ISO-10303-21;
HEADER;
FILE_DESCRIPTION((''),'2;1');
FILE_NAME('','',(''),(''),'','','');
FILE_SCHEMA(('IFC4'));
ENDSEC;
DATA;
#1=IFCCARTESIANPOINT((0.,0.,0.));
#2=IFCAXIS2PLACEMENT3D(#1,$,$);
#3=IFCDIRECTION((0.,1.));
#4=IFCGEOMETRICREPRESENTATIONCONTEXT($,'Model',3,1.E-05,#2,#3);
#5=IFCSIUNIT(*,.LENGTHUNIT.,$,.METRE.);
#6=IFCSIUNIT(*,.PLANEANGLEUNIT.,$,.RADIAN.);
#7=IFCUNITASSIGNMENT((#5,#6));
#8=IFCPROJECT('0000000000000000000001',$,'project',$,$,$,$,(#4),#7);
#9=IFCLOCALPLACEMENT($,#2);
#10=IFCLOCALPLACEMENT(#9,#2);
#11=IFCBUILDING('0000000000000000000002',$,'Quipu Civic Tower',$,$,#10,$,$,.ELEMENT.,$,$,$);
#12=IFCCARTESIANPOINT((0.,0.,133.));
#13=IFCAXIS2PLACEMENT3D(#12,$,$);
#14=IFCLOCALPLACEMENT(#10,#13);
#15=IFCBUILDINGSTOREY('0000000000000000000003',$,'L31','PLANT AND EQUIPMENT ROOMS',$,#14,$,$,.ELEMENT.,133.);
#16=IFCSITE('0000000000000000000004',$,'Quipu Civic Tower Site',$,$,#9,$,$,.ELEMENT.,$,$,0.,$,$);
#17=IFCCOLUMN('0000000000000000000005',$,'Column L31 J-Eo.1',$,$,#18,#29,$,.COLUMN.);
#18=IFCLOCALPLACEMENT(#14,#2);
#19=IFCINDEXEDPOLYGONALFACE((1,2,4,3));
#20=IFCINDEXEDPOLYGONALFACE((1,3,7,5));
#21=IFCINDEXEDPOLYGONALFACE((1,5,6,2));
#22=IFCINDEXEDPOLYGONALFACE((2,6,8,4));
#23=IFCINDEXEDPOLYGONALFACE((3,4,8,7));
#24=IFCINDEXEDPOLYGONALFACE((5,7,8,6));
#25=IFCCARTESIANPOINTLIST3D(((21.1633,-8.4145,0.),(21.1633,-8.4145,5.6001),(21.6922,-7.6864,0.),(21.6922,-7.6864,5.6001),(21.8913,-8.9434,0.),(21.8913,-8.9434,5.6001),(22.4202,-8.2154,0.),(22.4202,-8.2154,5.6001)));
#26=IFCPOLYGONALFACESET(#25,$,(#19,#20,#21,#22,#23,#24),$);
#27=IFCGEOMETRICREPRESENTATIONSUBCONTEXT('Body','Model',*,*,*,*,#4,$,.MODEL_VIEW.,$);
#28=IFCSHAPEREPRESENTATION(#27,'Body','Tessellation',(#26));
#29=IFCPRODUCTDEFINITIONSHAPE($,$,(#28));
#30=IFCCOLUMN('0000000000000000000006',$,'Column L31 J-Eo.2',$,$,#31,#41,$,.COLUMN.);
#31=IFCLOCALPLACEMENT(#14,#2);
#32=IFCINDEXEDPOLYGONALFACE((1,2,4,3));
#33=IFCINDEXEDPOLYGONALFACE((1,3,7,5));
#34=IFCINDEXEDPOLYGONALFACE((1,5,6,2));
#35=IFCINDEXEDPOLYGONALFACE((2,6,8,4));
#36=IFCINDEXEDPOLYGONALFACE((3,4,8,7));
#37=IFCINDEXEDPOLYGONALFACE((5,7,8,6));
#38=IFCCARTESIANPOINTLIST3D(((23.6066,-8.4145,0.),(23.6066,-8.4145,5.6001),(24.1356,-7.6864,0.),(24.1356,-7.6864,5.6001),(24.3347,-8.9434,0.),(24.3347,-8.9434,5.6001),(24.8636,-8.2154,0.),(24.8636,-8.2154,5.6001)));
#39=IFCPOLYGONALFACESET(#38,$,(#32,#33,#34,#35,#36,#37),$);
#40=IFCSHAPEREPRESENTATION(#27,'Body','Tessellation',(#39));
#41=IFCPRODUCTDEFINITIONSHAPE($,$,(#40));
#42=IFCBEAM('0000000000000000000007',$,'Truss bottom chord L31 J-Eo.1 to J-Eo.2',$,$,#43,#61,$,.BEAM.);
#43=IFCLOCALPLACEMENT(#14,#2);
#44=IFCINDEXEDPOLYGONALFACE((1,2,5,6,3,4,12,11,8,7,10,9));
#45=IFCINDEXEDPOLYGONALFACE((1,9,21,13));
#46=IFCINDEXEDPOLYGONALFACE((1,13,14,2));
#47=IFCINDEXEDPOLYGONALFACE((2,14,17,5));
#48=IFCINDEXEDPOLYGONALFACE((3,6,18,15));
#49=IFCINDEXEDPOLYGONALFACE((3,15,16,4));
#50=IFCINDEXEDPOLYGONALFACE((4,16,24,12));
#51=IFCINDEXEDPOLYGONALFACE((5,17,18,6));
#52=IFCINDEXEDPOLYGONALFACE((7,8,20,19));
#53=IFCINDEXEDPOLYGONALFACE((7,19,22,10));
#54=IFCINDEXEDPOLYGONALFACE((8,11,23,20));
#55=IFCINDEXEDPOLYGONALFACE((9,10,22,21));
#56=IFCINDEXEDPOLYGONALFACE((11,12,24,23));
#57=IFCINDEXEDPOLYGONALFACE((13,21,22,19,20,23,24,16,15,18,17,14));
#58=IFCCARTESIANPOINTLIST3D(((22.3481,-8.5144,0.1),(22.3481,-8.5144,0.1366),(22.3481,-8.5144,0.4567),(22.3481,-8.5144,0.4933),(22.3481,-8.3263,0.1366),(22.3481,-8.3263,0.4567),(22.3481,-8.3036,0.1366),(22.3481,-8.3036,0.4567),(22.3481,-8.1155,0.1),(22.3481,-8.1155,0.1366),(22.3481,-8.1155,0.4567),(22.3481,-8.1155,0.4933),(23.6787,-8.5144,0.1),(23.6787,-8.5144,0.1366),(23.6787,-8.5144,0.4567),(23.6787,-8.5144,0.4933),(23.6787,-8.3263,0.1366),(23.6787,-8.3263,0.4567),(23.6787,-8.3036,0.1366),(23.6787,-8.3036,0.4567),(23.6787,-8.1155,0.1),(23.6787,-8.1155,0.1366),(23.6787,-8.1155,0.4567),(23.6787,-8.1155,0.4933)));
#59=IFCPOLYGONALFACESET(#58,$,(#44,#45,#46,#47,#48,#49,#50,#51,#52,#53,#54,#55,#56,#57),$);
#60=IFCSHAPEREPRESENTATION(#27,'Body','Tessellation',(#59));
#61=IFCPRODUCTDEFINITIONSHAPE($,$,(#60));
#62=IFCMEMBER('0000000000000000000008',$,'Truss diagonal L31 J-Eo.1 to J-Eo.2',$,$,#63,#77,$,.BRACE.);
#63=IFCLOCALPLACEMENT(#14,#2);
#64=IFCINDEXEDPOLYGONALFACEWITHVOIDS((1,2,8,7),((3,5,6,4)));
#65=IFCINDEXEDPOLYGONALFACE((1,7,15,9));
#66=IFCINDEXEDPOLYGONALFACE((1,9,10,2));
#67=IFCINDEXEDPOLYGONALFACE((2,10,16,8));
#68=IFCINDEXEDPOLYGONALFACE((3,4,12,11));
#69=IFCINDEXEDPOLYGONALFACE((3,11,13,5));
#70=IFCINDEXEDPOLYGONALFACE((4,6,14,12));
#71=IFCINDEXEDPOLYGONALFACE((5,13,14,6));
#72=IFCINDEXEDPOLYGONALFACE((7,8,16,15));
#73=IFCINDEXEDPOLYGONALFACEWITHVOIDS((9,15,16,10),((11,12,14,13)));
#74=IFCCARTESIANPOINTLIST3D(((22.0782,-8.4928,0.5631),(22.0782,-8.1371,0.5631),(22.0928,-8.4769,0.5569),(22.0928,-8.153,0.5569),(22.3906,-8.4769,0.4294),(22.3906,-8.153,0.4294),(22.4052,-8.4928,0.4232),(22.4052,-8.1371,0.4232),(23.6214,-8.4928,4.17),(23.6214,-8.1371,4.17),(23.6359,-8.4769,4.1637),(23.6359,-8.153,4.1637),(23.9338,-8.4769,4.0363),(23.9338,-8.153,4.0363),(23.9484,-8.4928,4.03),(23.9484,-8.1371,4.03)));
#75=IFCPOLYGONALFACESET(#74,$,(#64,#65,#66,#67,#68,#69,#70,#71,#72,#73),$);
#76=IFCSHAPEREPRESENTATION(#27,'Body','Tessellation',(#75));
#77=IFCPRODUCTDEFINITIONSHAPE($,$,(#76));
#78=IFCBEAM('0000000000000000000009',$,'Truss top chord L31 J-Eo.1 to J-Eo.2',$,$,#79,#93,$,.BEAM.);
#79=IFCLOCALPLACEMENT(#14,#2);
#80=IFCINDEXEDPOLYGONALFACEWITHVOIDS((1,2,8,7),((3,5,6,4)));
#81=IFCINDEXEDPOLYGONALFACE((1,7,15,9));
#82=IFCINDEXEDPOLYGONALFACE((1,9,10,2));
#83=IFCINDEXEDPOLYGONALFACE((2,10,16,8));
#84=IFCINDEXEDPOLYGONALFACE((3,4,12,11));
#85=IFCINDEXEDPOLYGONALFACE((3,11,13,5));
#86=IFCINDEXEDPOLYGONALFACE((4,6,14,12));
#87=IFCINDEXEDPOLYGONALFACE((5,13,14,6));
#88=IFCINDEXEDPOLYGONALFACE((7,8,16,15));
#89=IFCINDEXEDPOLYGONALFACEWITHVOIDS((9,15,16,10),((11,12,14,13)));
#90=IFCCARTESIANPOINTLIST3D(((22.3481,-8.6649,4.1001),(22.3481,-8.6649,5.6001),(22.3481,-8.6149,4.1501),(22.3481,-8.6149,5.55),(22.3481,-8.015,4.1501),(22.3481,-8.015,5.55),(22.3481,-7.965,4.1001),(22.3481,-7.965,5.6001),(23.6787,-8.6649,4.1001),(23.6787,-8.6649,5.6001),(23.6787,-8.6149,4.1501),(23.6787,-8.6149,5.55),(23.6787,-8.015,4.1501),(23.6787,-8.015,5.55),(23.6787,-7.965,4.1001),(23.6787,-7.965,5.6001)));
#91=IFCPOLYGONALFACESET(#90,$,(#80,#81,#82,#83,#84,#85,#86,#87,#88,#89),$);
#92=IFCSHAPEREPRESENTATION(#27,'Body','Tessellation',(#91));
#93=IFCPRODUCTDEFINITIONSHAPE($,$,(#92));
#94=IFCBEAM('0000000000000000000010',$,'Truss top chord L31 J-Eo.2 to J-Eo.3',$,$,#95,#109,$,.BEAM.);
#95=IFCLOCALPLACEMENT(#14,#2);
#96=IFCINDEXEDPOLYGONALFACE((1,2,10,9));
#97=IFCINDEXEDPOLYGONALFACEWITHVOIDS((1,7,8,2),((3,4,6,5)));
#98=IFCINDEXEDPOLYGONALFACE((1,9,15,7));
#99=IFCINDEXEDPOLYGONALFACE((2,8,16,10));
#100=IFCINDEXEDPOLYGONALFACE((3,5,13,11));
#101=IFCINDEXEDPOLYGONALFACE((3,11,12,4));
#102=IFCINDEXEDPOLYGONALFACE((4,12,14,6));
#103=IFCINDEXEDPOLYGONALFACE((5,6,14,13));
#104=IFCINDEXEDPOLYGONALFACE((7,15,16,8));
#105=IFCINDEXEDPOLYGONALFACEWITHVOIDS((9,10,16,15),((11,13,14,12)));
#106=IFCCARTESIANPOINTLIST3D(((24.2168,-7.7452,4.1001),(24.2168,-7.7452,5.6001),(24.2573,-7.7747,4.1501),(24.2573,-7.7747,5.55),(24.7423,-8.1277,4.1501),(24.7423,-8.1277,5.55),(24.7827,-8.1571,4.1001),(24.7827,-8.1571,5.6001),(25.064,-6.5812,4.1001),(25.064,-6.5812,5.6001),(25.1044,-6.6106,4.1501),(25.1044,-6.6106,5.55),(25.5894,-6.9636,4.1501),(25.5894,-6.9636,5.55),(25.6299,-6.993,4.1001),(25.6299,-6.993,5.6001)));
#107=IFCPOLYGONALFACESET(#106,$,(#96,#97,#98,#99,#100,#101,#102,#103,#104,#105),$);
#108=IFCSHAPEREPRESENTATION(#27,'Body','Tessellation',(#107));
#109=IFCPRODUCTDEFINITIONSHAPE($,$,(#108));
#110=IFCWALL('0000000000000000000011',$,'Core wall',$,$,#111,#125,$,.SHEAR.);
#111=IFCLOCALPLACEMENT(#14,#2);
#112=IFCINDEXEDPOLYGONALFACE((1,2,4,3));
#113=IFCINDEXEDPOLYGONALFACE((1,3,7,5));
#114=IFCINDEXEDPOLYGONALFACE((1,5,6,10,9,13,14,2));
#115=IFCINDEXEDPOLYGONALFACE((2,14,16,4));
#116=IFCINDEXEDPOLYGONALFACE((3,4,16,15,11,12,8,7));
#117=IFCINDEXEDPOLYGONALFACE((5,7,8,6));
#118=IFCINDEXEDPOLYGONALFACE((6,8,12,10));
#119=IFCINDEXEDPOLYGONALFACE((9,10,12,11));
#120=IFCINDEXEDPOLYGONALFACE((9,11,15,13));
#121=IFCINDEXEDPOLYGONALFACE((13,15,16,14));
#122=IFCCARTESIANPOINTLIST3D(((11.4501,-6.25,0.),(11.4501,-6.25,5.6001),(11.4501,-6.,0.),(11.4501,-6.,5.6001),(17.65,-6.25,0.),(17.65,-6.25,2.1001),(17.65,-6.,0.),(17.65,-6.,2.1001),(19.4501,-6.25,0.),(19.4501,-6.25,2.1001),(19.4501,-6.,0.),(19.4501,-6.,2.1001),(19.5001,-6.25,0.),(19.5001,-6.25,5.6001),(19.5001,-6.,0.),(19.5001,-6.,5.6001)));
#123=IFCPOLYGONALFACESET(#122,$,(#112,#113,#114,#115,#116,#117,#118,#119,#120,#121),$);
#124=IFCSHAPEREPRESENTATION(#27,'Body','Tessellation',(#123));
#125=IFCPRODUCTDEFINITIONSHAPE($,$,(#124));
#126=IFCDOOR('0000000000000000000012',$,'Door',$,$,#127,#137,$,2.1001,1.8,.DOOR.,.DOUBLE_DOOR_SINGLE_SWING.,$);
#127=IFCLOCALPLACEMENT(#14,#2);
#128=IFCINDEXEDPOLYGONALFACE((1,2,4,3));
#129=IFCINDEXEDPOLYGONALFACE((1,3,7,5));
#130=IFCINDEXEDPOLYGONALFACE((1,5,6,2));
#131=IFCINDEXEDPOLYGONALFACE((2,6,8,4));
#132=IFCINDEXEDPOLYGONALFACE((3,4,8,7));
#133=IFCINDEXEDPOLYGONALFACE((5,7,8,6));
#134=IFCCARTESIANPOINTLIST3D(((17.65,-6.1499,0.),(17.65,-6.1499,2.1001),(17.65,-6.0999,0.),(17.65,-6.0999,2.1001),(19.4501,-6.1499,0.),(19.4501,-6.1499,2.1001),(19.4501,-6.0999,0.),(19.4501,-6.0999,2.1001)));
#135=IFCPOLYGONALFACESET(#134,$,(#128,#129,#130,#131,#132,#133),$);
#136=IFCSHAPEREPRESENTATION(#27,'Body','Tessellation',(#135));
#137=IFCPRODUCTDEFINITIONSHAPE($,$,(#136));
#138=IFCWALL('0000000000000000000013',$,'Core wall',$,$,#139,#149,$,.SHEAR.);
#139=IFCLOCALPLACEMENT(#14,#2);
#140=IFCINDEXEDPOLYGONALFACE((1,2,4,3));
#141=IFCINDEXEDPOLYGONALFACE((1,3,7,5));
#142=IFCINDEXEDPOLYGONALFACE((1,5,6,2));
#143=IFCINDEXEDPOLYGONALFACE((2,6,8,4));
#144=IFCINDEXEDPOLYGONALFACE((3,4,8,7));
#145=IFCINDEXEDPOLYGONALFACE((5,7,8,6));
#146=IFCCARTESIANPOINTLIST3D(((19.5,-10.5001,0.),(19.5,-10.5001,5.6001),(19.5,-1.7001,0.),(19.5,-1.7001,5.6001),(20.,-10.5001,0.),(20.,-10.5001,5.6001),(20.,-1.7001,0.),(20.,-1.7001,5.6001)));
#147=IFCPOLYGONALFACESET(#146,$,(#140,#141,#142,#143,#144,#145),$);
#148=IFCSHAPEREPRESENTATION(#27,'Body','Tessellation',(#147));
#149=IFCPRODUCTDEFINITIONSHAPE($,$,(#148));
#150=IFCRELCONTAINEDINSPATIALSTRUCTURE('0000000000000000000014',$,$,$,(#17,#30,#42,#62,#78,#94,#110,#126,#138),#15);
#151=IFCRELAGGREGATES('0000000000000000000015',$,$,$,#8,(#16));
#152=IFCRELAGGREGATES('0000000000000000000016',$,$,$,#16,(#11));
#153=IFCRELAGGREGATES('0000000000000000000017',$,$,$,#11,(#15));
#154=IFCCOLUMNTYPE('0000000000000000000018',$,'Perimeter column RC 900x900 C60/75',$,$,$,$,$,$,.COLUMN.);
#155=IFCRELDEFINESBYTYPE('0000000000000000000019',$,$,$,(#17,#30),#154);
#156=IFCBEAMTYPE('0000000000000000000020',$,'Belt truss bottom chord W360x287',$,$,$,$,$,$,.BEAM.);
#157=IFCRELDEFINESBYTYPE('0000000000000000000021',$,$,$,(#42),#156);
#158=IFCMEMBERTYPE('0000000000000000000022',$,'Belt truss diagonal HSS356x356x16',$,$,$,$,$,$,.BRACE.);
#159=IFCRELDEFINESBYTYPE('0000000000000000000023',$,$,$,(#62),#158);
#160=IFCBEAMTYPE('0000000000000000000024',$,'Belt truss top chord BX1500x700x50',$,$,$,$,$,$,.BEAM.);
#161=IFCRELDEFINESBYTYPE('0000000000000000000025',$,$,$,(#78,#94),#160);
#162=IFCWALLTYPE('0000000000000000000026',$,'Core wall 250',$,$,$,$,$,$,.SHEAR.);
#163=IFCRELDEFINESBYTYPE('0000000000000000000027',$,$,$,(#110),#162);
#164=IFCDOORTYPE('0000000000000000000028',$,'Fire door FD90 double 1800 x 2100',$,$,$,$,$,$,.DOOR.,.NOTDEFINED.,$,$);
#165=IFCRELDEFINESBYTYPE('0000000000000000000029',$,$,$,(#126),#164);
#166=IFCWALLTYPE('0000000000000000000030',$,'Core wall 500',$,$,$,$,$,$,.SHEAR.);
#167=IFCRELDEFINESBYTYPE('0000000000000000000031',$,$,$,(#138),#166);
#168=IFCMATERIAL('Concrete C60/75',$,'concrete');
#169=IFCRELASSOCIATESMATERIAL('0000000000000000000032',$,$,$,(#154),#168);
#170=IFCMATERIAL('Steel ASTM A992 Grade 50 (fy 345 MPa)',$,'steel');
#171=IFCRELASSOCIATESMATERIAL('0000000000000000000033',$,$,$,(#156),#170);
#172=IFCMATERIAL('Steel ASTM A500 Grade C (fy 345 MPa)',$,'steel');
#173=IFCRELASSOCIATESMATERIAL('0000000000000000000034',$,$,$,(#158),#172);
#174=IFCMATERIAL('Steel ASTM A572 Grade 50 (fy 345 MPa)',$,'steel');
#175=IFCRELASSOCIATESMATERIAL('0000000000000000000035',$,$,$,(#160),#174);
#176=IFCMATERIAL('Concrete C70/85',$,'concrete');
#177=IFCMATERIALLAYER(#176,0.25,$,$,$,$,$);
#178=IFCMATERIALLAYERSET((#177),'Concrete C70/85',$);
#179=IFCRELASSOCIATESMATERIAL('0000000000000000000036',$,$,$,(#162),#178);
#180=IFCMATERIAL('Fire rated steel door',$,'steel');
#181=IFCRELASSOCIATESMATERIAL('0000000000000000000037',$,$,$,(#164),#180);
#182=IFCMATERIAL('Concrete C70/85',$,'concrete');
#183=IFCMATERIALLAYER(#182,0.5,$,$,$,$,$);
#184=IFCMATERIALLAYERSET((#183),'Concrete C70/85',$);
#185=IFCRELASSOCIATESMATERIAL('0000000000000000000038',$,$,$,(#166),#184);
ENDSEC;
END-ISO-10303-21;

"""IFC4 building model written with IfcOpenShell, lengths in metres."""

from ifc_helpers import new_model, si_unit, direction, frame, frame_2d, origin, origin_2d, place, context, subcontext, project, spatial, rectangle, hollow_rectangle, i_section, extrude, material, layer, layer_set, material_profile, profile_set, type_object, element, fill, save


model = new_model("IFC4")

# Units and contexts
model_context = context("Model", 3, precision=1e-05, world=origin(), true_north=direction((0.0, 1.0)))
body_context = subcontext(model_context, "Body", "Model", "MODEL_VIEW")
ifc_project = project(units=[si_unit("LENGTHUNIT", "METRE"), si_unit("PLANEANGLEUNIT", "RADIAN")], contexts=[model_context])

# Site, building, storey
site_placement = place(None, origin())
site = spatial("IfcSite", under=ifc_project, at=site_placement, Name="Quipu Civic Tower Site", CompositionType="ELEMENT", RefElevation=0.0)
building_placement = place(site_placement, origin())
building = spatial("IfcBuilding", under=site, at=building_placement, Name="Quipu Civic Tower", CompositionType="ELEMENT")
storey_placement = place(building_placement, frame((0.0, 0.0, 133.0)))
storey = spatial("IfcBuildingStorey", under=building, at=storey_placement, Name="L31", Description="PLANT AND EQUIPMENT ROOMS", CompositionType="ELEMENT", Elevation=133.0)

# Columns
ifc_material_1 = material(Name="Concrete C60/75", Category="concrete")
ifc_material_profile_1 = material_profile(ifc_material_1, rectangle(XDim=0.8999, YDim=0.8999, at=origin_2d()), Name="RC900x900")
ifc_profile_set_1 = profile_set([ifc_material_profile_1], Name="Concrete C60/75")
column_type = type_object("IfcColumnType", Name="Perimeter column RC 900x900 C60/75", PredefinedType="COLUMN", material=ifc_profile_set_1)
for number, where, z_axis, x_axis, name in (
    (1, (21.7917, -8.3149, 0.0), (0.0, 0.0, 1.0), (0.587785, 0.809017, 0.0), "Column L31 J-Eo.1"),
    (2, (24.2351, -8.3149, 0.0), (0.0, 0.0, 1.0), (0.587785, 0.809017, 0.0), "Column L31 J-Eo.2"),
):
    element("IfcColumn", number, at=place(storey_placement, frame(where, z_axis=z_axis, x_axis=x_axis)), inside=storey, type_object=column_type, Name=name, PredefinedType="COLUMN", context=body_context, shape_type="SweptSolid", body=[
        extrude(rectangle(XDim=0.8999, YDim=0.8999, at=origin_2d()), origin(), (0.0, 0.0, 1.0), 5.6001),
    ])

# Beam
ifc_material_2 = material(Name="Steel ASTM A992 Grade 50 (fy 345 MPa)", Category="steel")
ifc_material_profile_2 = material_profile(ifc_material_2, i_section(OverallWidth=0.3989, OverallDepth=0.3933, WebThickness=0.0227, FlangeThickness=0.0366, at=origin_2d()), Name="W360x287")
ifc_profile_set_2 = profile_set([ifc_material_profile_2], Name="Steel ASTM A992 Grade 50 (fy 345 MPa)")
beam_type_1 = type_object("IfcBeamType", Name="Belt truss bottom chord W360x287", PredefinedType="BEAM", material=ifc_profile_set_2)
beam_1_placement = place(storey_placement, frame((22.3481, -8.3149, 0.2966), z_axis=(1.0, 0.0, 0.0), x_axis=(0.0, 1.0, 0.0)))
element("IfcBeam", 3, at=beam_1_placement, inside=storey, type_object=beam_type_1, Name="Truss bottom chord L31 J-Eo.1 to J-Eo.2", PredefinedType="BEAM", context=body_context, shape_type="SweptSolid", body=[
    extrude(i_section(OverallWidth=0.3989, OverallDepth=0.3933, WebThickness=0.0227, FlangeThickness=0.0366, at=origin_2d()), origin(), (0.0, 0.0, 1.0), 1.3306),
])

# Member
ifc_material_3 = material(Name="Steel ASTM A500 Grade C (fy 345 MPa)", Category="steel")
ifc_material_profile_3 = material_profile(ifc_material_3, hollow_rectangle(XDim=0.3557, YDim=0.3557, WallThickness=0.0159, at=origin_2d()), Name="HSS356x356x16")
ifc_profile_set_3 = profile_set([ifc_material_profile_3], Name="Steel ASTM A500 Grade C (fy 345 MPa)")
member_type = type_object("IfcMemberType", Name="Belt truss diagonal HSS356x356x16", PredefinedType="BRACE", material=ifc_profile_set_3)
member_placement = place(storey_placement, frame((22.2417, -8.3149, 0.4932), z_axis=(0.393356, 0.0, 0.919386), x_axis=(0.0, 1.0, 0.0)))
element("IfcMember", 4, at=member_placement, inside=storey, type_object=member_type, Name="Truss diagonal L31 J-Eo.1 to J-Eo.2", PredefinedType="BRACE", context=body_context, shape_type="SweptSolid", body=[
    extrude(hollow_rectangle(XDim=0.3557, YDim=0.3557, WallThickness=0.0159, at=origin_2d()), origin(), (0.0, 0.0, 1.0), 3.9231),
])

# Beams
ifc_material_4 = material(Name="Steel ASTM A572 Grade 50 (fy 345 MPa)", Category="steel")
ifc_material_profile_4 = material_profile(ifc_material_4, hollow_rectangle(XDim=0.7, YDim=1.5, WallThickness=0.05, at=origin_2d()), Name="BX1500x700x50")
ifc_profile_set_4 = profile_set([ifc_material_profile_4], Name="Steel ASTM A572 Grade 50 (fy 345 MPa)")
beam_type_2 = type_object("IfcBeamType", Name="Belt truss top chord BX1500x700x50", PredefinedType="BEAM", material=ifc_profile_set_4)
beam_2_placement = place(storey_placement, frame((22.3481, -8.3149, 4.8501), z_axis=(1.0, 0.0, 0.0), x_axis=(0.0, 1.0, 0.0)))
element("IfcBeam", 5, at=beam_2_placement, inside=storey, type_object=beam_type_2, Name="Truss top chord L31 J-Eo.1 to J-Eo.2", PredefinedType="BEAM", context=body_context, shape_type="SweptSolid", body=[
    extrude(hollow_rectangle(XDim=0.7, YDim=1.5, WallThickness=0.05, at=origin_2d()), origin(), (0.0, 0.0, 1.0), 1.3306),
])
beam_3_placement = place(storey_placement, frame((24.4998, -7.9512, 4.8501), z_axis=(0.588434, 0.808545, 0.0), x_axis=(-0.808545, 0.588434, 0.0)))
element("IfcBeam", 6, at=beam_3_placement, inside=storey, type_object=beam_type_2, Name="Truss top chord L31 J-Eo.2 to J-Eo.3", PredefinedType="BEAM", context=body_context, shape_type="SweptSolid", body=[
    extrude(hollow_rectangle(XDim=0.7, YDim=1.5, WallThickness=0.05, at=origin_2d()), origin(), (0.0, 0.0, 1.0), 1.4397),
])

# Wall, opening, door
ifc_material_5 = material(Name="Concrete C70/85", Category="concrete")
ifc_layer_1 = layer(ifc_material_5, 0.25)
ifc_layer_set_1 = layer_set([ifc_layer_1], Name="Concrete C70/85")
wall_type_1 = type_object("IfcWallType", Name="Core wall 250", PredefinedType="SHEAR", material=ifc_layer_set_1)
wall_1_placement = place(storey_placement, frame((19.5, -6.125, 0.0), z_axis=(0.0, 0.0, 1.0), x_axis=(-1.0, 0.0, 0.0)))
wall_1 = element("IfcWall", 7, at=wall_1_placement, inside=storey, type_object=wall_type_1, Name="Core wall", PredefinedType="SHEAR", context=body_context, shape_type="SweptSolid", body=[
    extrude(rectangle(XDim=8.05, YDim=0.25, at=frame_2d((4.0249, 0.0))), origin(), (0.0, 0.0, 1.0), 5.6001),
])
opening_1_placement = place(wall_1_placement, frame((0.05, 0.0, 0.0)))
opening_1 = element("IfcOpeningElement", 8, at=opening_1_placement, cuts=wall_1, PredefinedType="OPENING", context=body_context, shape_type="SweptSolid", body=[
    extrude(rectangle(XDim=1.8, YDim=2.1001, at=frame_2d((0.8999, 1.05))), frame((0.0, 0.135, 0.0), z_axis=(0.0, -1.0, 0.0), x_axis=(1.0, 0.0, 0.0)), (0.0, 0.0, 1.0), 0.27),
])
ifc_material_6 = material(Name="Fire rated steel door", Category="steel")
door_type_1 = type_object("IfcDoorType", Name="Fire door FD90 double 1800 x 2100", OperationType="NOTDEFINED", PredefinedType="DOOR", material=ifc_material_6)
door_1_placement = place(opening_1_placement, origin())
door_1 = element("IfcDoor", 9, at=door_1_placement, inside=storey, type_object=door_type_1, Name="Door", OperationType="DOUBLE_DOOR_SINGLE_SWING", OverallHeight=2.1001, OverallWidth=1.8, PredefinedType="DOOR", context=body_context, shape_type="SweptSolid", body=[
    extrude(rectangle(XDim=1.8, YDim=2.1001, at=frame_2d((0.8999, 1.05))), frame((0.0, 0.0249, 0.0), z_axis=(0.0, -1.0, 0.0), x_axis=(1.0, 0.0, 0.0)), (0.0, 0.0, 1.0), 0.05),
])
fill(opening_1, door_1)

# Wall
ifc_material_7 = material(Name="Concrete C70/85", Category="concrete")
ifc_layer_2 = layer(ifc_material_7, 0.5)
ifc_layer_set_2 = layer_set([ifc_layer_2], Name="Concrete C70/85")
wall_type_2 = type_object("IfcWallType", Name="Core wall 500", PredefinedType="SHEAR", material=ifc_layer_set_2)
wall_2_placement = place(storey_placement, frame((19.75, -10.5, 0.0), z_axis=(0.0, 0.0, 1.0), x_axis=(0.0, 1.0, 0.0)))
element("IfcWall", 10, at=wall_2_placement, inside=storey, type_object=wall_type_2, Name="Core wall", PredefinedType="SHEAR", context=body_context, shape_type="SweptSolid", body=[
    extrude(rectangle(XDim=8.8, YDim=0.5, at=frame_2d((4.3999, 0.0))), origin(), (0.0, 0.0, 1.0), 5.6001),
])

save(model, "model.ifc")
